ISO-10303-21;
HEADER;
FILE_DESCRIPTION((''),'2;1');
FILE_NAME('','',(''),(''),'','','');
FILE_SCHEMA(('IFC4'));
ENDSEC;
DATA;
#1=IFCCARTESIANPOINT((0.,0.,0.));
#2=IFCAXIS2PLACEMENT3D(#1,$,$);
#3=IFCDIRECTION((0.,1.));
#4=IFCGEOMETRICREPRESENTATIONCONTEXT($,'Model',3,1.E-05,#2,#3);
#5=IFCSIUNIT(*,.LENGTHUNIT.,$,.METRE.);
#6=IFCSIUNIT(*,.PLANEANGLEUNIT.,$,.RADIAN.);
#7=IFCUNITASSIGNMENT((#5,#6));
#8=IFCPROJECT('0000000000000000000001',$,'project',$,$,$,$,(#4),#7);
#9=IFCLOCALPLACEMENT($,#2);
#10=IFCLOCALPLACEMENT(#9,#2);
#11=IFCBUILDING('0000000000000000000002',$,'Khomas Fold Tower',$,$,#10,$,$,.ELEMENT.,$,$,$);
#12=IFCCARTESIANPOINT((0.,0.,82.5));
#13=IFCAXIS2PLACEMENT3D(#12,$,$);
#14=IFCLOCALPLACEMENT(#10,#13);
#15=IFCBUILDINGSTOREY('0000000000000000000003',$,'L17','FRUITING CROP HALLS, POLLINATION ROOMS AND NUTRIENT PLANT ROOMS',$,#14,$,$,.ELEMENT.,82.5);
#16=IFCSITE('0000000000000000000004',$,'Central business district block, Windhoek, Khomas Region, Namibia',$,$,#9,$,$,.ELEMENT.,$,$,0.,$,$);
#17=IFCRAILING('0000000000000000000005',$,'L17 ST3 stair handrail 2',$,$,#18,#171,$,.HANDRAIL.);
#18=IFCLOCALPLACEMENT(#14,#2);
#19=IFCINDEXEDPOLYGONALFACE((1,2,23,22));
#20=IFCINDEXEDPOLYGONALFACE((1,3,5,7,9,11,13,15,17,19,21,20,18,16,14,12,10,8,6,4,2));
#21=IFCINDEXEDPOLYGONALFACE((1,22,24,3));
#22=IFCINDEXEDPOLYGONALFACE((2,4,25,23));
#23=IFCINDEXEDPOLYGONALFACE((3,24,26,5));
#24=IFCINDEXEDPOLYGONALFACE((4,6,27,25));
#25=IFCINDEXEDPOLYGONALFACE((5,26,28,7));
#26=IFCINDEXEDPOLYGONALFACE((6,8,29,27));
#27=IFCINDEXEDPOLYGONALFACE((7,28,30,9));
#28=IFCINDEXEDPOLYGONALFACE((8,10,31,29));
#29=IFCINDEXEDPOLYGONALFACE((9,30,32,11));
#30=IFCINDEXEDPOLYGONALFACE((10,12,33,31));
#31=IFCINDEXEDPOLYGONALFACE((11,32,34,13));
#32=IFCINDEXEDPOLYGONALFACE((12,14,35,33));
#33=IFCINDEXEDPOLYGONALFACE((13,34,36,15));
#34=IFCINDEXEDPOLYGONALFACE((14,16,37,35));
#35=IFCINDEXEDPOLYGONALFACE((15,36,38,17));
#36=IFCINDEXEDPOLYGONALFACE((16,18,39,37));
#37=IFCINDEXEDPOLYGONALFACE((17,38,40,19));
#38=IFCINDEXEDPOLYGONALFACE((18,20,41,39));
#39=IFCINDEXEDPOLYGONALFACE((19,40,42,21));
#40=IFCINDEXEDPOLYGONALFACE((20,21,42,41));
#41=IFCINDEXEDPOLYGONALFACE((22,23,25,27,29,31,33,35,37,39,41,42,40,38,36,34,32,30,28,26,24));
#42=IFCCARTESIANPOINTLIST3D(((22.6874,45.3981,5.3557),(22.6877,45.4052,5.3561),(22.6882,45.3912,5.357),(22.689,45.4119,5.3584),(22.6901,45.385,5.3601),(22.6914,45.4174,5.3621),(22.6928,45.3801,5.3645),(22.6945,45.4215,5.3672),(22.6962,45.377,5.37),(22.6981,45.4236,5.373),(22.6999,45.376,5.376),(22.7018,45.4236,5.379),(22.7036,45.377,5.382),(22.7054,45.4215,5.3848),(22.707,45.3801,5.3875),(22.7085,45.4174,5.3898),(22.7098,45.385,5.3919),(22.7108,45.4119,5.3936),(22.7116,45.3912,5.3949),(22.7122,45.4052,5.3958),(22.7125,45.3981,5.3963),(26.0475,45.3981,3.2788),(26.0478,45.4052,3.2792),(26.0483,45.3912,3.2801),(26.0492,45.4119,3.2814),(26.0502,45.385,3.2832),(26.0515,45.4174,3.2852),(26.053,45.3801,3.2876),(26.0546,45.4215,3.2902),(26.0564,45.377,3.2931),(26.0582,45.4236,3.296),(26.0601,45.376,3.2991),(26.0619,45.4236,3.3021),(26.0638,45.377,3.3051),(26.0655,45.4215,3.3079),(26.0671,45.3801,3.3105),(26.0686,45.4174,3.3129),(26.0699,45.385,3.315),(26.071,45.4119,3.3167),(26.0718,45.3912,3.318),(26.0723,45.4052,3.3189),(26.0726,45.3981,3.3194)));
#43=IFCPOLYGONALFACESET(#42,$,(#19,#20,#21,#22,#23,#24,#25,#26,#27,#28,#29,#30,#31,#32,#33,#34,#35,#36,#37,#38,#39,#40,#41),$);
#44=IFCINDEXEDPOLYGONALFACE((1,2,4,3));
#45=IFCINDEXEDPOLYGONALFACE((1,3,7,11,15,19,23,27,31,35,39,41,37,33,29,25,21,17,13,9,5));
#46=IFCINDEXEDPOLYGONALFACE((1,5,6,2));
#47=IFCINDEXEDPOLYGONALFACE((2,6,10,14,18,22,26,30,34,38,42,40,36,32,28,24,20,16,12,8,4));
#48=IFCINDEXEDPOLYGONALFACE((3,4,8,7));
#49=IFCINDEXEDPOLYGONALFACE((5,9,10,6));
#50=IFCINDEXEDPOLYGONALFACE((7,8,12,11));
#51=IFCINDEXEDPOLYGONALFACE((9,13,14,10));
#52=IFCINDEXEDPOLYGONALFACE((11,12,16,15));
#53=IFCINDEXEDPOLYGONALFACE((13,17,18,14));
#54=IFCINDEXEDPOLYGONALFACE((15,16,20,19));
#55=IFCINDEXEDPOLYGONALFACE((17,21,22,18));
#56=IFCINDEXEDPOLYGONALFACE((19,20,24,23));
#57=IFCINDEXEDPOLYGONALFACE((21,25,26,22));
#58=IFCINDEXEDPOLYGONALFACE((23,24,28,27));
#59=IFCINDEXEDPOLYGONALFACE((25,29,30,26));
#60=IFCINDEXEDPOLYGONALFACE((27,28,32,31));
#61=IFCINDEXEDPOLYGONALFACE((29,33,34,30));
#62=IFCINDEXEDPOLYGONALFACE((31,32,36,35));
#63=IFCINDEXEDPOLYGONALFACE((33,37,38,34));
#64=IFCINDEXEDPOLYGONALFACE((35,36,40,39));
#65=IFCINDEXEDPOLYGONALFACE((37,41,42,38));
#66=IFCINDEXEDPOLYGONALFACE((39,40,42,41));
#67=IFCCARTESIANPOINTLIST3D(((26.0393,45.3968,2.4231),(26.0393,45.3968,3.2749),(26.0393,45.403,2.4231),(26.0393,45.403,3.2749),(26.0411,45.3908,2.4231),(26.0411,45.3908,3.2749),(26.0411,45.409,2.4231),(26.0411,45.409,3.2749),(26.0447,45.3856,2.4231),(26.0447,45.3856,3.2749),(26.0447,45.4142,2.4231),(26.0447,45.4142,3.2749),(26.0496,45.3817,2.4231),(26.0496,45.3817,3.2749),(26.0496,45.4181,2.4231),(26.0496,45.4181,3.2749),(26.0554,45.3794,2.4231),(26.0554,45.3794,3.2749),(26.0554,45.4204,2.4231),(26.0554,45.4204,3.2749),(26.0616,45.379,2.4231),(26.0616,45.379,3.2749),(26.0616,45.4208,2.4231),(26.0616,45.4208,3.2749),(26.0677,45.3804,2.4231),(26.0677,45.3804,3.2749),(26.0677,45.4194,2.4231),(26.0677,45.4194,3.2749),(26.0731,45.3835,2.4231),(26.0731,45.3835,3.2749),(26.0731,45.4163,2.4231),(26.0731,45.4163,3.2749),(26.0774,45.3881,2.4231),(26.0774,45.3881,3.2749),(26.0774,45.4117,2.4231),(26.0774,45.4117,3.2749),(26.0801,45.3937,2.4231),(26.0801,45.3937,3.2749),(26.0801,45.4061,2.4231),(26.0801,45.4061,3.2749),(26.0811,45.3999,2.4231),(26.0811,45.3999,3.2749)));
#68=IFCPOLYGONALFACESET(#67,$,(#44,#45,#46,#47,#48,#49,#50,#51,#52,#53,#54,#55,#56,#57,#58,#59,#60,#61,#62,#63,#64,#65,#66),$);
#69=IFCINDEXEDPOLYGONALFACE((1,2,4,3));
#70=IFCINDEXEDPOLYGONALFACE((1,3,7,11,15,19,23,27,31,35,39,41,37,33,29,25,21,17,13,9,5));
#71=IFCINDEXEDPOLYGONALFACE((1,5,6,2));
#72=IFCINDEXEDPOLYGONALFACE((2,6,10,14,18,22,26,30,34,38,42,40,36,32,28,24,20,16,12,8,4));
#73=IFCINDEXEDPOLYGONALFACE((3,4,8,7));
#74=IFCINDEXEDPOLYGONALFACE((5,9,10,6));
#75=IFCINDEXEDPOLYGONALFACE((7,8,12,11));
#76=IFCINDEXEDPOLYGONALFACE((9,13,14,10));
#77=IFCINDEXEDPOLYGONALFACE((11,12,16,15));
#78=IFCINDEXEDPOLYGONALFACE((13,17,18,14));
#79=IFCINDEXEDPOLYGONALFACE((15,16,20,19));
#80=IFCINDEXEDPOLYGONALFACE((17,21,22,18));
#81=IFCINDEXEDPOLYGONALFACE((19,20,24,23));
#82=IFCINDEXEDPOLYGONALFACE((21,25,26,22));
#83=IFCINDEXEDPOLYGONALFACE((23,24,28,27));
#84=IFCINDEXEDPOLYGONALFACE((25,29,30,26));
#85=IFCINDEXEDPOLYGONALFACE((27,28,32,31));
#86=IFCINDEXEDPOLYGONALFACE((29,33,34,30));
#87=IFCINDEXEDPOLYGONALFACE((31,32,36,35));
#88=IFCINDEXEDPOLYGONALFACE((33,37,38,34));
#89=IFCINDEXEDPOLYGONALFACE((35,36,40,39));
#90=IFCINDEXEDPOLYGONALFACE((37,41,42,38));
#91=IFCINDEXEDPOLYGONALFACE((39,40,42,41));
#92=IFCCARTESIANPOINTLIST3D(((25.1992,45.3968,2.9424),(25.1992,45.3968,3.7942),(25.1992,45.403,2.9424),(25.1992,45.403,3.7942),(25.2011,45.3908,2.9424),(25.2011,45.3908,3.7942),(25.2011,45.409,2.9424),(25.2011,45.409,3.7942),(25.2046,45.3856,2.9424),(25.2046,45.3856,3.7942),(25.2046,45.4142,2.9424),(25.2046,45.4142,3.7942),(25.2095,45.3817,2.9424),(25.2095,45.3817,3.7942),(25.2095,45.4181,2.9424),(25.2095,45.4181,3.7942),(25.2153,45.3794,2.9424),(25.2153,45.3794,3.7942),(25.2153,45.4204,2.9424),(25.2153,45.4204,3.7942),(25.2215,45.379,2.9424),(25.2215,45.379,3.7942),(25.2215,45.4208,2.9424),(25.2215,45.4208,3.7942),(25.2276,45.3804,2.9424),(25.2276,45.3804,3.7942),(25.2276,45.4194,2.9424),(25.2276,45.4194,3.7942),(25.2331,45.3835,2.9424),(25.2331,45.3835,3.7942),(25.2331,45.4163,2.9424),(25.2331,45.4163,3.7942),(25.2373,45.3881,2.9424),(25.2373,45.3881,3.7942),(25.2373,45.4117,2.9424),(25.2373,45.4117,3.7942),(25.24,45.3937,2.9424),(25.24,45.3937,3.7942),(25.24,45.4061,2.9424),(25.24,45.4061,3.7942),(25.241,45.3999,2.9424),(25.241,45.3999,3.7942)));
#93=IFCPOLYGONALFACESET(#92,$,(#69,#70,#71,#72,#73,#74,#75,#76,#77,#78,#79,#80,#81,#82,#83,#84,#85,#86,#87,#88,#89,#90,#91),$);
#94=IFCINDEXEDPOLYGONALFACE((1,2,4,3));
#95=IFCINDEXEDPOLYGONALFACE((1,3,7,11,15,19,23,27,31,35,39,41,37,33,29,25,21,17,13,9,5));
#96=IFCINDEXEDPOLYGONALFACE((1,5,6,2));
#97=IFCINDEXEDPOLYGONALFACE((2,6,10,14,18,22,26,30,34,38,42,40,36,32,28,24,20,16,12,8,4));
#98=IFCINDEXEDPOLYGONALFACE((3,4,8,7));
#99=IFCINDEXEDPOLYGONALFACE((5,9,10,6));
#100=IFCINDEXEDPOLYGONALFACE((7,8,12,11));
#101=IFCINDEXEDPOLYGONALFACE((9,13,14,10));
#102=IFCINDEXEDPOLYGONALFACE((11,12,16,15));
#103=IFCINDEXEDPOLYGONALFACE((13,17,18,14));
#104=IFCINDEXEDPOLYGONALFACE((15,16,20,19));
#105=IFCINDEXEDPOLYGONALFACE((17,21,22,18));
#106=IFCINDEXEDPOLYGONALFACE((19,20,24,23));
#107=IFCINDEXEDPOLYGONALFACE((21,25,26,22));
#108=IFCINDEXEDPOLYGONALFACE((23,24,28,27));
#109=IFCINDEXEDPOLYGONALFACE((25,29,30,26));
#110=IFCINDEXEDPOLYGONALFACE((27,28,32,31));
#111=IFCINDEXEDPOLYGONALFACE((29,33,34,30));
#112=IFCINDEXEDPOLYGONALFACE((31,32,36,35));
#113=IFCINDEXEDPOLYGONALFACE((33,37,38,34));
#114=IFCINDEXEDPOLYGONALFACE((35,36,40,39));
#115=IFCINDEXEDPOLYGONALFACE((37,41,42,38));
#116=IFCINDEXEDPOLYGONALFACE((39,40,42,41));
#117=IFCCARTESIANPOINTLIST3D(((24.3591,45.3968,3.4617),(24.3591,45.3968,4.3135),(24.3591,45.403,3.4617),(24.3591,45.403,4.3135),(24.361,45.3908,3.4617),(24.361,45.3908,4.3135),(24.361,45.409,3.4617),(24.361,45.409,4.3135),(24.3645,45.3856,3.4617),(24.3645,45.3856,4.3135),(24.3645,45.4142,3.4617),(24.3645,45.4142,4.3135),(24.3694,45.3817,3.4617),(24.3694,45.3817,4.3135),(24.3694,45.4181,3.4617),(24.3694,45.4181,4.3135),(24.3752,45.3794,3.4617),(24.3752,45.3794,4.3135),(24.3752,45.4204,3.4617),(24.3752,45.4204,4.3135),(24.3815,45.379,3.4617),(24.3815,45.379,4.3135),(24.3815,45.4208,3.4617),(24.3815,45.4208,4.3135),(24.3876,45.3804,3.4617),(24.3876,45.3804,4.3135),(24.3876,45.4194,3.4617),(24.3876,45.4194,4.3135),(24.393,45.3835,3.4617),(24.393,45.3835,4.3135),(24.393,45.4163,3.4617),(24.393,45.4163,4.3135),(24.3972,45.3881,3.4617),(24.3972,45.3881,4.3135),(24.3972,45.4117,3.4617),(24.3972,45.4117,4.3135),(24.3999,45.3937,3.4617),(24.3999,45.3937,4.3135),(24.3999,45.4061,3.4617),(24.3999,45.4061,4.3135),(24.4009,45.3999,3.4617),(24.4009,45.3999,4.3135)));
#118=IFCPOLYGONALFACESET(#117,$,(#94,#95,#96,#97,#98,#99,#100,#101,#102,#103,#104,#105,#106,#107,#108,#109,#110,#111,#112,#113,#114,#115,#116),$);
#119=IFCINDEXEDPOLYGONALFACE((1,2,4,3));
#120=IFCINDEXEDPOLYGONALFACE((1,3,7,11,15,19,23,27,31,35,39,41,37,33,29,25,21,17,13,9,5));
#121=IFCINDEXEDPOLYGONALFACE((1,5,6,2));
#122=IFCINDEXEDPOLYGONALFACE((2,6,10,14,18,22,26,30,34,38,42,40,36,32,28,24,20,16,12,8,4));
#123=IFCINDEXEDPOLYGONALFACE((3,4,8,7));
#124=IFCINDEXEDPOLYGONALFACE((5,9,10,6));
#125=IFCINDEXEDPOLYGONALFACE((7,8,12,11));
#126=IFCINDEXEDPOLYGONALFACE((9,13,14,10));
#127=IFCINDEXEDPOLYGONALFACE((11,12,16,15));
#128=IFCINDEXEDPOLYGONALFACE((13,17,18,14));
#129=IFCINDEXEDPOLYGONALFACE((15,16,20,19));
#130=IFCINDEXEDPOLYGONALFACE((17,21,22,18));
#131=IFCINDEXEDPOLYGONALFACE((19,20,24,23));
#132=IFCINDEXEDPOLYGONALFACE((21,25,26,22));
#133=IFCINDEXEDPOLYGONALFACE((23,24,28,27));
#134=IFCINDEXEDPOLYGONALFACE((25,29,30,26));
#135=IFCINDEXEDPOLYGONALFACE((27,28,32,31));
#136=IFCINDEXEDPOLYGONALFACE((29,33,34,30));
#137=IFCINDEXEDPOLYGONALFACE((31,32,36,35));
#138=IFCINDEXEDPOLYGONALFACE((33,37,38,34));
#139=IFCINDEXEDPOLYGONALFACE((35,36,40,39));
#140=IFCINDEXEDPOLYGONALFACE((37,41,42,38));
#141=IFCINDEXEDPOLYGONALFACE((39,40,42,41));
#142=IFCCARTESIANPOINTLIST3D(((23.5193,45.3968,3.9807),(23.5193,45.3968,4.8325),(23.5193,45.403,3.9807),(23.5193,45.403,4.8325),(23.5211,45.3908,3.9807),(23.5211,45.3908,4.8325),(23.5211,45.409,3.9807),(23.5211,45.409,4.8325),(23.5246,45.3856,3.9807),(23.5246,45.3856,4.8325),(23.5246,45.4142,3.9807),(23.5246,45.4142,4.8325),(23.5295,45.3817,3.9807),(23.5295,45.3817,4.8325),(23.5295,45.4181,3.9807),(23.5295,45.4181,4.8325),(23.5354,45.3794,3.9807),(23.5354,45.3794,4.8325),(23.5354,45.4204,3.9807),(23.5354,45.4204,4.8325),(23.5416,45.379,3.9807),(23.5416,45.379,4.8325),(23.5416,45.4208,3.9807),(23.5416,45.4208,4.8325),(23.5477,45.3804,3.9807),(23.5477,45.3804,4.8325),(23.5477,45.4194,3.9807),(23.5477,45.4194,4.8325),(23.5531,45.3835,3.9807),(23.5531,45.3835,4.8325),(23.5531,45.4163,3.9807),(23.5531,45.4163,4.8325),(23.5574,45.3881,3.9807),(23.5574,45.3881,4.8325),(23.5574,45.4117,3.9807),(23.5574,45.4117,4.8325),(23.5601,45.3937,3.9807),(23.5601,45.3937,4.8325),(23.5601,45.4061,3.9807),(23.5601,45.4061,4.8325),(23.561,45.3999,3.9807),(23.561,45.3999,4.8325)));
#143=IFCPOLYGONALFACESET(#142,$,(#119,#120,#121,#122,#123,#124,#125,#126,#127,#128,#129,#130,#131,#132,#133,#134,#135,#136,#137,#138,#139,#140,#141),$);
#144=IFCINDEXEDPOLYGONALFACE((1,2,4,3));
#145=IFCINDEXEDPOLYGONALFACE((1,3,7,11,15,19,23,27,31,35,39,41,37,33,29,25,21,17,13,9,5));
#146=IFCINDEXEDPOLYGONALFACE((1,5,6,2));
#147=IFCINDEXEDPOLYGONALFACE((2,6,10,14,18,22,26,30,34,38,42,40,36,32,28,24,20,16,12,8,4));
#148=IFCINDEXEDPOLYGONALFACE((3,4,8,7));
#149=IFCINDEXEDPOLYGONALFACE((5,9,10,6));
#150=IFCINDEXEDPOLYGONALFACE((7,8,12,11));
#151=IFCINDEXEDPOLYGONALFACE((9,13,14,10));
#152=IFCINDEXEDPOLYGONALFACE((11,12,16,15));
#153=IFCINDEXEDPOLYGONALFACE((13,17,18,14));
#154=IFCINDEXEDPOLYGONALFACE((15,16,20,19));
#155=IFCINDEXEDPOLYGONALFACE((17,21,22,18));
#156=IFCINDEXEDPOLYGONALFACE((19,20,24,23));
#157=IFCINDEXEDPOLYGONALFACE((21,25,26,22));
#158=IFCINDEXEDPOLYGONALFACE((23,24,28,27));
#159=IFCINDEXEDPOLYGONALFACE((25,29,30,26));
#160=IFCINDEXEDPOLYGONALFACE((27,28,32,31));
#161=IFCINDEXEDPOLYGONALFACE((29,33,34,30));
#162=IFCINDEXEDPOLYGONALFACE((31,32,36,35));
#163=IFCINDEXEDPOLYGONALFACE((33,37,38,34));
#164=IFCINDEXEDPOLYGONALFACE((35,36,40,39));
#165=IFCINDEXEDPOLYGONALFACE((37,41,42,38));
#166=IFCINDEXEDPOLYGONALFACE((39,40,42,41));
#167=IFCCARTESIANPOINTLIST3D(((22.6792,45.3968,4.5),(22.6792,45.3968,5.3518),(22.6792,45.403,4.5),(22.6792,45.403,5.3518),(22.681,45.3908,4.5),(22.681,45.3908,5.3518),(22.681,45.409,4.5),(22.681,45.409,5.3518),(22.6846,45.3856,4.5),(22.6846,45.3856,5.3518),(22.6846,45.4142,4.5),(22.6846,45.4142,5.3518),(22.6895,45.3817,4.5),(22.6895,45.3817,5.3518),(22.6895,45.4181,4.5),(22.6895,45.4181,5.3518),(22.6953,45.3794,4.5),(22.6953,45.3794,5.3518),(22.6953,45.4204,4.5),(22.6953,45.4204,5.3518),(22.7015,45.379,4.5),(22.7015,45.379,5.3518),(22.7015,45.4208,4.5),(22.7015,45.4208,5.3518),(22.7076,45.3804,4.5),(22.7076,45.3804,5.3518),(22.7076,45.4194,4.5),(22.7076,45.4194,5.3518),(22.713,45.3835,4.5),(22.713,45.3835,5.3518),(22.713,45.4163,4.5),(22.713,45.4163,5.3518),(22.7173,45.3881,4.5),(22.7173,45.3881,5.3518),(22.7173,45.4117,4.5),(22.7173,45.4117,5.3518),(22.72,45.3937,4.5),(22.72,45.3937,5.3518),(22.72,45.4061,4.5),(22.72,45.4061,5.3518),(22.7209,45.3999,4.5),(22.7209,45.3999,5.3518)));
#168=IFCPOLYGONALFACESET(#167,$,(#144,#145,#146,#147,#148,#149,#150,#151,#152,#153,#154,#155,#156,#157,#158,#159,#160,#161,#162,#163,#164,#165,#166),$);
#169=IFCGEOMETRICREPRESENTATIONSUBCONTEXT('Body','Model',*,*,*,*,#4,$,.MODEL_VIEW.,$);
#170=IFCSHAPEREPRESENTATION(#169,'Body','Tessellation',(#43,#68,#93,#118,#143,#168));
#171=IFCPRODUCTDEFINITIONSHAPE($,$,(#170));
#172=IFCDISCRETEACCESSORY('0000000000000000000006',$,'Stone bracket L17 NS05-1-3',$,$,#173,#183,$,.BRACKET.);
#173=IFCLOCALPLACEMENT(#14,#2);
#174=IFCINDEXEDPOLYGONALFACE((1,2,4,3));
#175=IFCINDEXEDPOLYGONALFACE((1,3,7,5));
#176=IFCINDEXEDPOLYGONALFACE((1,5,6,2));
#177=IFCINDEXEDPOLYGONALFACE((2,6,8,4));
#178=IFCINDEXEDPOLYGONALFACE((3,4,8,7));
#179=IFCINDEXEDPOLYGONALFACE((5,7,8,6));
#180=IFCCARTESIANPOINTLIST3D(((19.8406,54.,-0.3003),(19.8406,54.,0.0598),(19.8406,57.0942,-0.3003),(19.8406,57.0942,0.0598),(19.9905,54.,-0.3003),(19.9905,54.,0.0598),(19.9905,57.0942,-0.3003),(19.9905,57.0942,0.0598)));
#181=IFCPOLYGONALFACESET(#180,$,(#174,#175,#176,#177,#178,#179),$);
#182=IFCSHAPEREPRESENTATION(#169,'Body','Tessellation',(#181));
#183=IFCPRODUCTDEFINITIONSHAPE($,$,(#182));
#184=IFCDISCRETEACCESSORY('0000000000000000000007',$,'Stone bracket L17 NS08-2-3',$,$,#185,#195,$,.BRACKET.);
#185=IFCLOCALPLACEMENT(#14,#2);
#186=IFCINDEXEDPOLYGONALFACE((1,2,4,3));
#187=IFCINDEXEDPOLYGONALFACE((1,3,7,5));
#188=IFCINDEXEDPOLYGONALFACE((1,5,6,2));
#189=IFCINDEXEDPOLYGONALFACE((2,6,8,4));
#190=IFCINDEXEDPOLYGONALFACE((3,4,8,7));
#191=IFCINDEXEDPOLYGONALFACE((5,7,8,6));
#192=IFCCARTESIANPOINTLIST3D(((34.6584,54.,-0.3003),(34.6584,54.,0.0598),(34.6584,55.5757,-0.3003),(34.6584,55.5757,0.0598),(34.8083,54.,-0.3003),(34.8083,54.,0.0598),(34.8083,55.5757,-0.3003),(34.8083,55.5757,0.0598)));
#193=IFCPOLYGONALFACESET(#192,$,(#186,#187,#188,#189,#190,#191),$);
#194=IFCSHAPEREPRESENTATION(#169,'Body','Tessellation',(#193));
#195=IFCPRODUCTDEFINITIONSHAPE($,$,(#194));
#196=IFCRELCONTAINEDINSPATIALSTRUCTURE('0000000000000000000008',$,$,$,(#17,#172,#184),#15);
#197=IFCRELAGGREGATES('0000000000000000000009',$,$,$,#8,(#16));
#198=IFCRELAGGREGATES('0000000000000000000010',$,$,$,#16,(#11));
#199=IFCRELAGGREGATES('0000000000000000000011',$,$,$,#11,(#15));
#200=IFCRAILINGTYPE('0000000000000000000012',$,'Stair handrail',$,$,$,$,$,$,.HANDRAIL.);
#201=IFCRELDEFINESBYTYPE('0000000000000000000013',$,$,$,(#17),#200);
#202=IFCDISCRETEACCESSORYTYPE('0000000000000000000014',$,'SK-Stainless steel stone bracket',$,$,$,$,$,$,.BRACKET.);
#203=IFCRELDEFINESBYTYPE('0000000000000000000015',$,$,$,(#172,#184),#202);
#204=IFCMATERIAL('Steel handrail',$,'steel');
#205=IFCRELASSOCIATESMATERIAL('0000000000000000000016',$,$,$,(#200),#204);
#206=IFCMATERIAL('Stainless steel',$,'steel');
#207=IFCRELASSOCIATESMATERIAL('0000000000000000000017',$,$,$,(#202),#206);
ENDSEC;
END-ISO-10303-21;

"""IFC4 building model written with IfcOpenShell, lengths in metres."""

from ifc_helpers import new_model, si_unit, direction, frame, origin, origin_2d, place, context, subcontext, project, spatial, rectangle, circle, extrude, source, transform, mapped, material, type_object, element, save


model = new_model("IFC4")

# Units and contexts
model_context = context("Model", 3, precision=1e-05, world=origin(), true_north=direction((0.0, 1.0)))
body_context = subcontext(model_context, "Body", "Model", "MODEL_VIEW")
ifc_project = project(units=[si_unit("LENGTHUNIT", "METRE"), si_unit("PLANEANGLEUNIT", "RADIAN")], contexts=[model_context])

# Site, building, storey
site_placement = place(None, origin())
site = spatial("IfcSite", under=ifc_project, at=site_placement, Name="Central business district block, Windhoek, Khomas Region, Namibia", CompositionType="ELEMENT", RefElevation=0.0)
building_placement = place(site_placement, origin())
building = spatial("IfcBuilding", under=site, at=building_placement, Name="Khomas Fold Tower", CompositionType="ELEMENT")
storey_placement = place(building_placement, frame((0.0, 0.0, 82.5)))
storey = spatial("IfcBuildingStorey", under=building, at=storey_placement, Name="L17", Description="FRUITING CROP HALLS, POLLINATION ROOMS AND NUTRIENT PLANT ROOMS", CompositionType="ELEMENT", Elevation=82.5)

# Railing
ifc_material_1 = material(Name="Steel handrail", Category="steel")
railing_type_1 = type_object("IfcRailingType", Name="Stair handrail", PredefinedType="HANDRAIL", material=ifc_material_1)
shared_shape_1 = source(origin(), body_context, "Body", "SweptSolid", [
    extrude(circle(Radius=0.0239, at=origin_2d()), frame((0.0, 0.0, 0.876), z_axis=(-0.850623, 0.0, 0.525776), x_axis=(0.0, -1.0, 0.0)), (0.0, 0.0, 1.0), 3.9502),
    extrude(circle(Radius=0.021, at=origin_2d()), origin(), (0.0, 0.0, 1.0), 0.8518),
    extrude(circle(Radius=0.021, at=origin_2d()), frame((-0.8401, 0.0, 0.5193)), (0.0, 0.0, 1.0), 0.8518),
    extrude(circle(Radius=0.021, at=origin_2d()), frame((-1.6802, 0.0, 1.0386)), (0.0, 0.0, 1.0), 0.8518),
    extrude(circle(Radius=0.021, at=origin_2d()), frame((-2.52, 0.0, 1.5576)), (0.0, 0.0, 1.0), 0.8518),
    extrude(circle(Radius=0.021, at=origin_2d()), frame((-3.3601, 0.0, 2.0769)), (0.0, 0.0, 1.0), 0.8518),
])
railing_1_placement = place(storey_placement, frame((26.0601, 45.3999, 2.4231)))
element("IfcRailing", 1, at=railing_1_placement, inside=storey, type_object=railing_type_1, Name="L17 ST3 stair handrail 2", PredefinedType="HANDRAIL", context=body_context, shape_type="MappedRepresentation", body=[
    mapped(shared_shape_1, transform((0.0, 0.0, 0.0))),
])

# Discrete accessories
ifc_material_2 = material(Name="Stainless steel", Category="steel")
discrete_accessory_type = type_object("IfcDiscreteAccessoryType", Name="SK-Stainless steel stone bracket", PredefinedType="BRACKET", material=ifc_material_2)
shared_shape_2 = source(origin(), body_context, "Body", "SweptSolid", [
    extrude(rectangle(XDim=3.0942, YDim=0.1499, at=origin_2d()), origin(), (0.0, 0.0, 1.0), 0.3601),
])
discrete_accessory_1_placement = place(storey_placement, frame((19.9155, 55.5471, -0.3003), z_axis=(0.0, 0.0, 1.0), x_axis=(0.0, 1.0, 0.0)))
element("IfcDiscreteAccessory", 2, at=discrete_accessory_1_placement, inside=storey, type_object=discrete_accessory_type, Name="Stone bracket L17 NS05-1-3", PredefinedType="BRACKET", context=body_context, shape_type="MappedRepresentation", body=[
    mapped(shared_shape_2, transform((0.0, 0.0, 0.0))),
])
shared_shape_3 = source(origin(), body_context, "Body", "SweptSolid", [
    extrude(rectangle(XDim=1.5757, YDim=0.1499, at=origin_2d()), origin(), (0.0, 0.0, 1.0), 0.3601),
])
discrete_accessory_2_placement = place(storey_placement, frame((34.7334, 54.7878, -0.3003), z_axis=(0.0, 0.0, 1.0), x_axis=(0.0, 1.0, 0.0)))
element("IfcDiscreteAccessory", 3, at=discrete_accessory_2_placement, inside=storey, type_object=discrete_accessory_type, Name="Stone bracket L17 NS08-2-3", PredefinedType="BRACKET", context=body_context, shape_type="MappedRepresentation", body=[
    mapped(shared_shape_3, transform((0.0, 0.0, 0.0))),
])

save(model, "model.ifc")
